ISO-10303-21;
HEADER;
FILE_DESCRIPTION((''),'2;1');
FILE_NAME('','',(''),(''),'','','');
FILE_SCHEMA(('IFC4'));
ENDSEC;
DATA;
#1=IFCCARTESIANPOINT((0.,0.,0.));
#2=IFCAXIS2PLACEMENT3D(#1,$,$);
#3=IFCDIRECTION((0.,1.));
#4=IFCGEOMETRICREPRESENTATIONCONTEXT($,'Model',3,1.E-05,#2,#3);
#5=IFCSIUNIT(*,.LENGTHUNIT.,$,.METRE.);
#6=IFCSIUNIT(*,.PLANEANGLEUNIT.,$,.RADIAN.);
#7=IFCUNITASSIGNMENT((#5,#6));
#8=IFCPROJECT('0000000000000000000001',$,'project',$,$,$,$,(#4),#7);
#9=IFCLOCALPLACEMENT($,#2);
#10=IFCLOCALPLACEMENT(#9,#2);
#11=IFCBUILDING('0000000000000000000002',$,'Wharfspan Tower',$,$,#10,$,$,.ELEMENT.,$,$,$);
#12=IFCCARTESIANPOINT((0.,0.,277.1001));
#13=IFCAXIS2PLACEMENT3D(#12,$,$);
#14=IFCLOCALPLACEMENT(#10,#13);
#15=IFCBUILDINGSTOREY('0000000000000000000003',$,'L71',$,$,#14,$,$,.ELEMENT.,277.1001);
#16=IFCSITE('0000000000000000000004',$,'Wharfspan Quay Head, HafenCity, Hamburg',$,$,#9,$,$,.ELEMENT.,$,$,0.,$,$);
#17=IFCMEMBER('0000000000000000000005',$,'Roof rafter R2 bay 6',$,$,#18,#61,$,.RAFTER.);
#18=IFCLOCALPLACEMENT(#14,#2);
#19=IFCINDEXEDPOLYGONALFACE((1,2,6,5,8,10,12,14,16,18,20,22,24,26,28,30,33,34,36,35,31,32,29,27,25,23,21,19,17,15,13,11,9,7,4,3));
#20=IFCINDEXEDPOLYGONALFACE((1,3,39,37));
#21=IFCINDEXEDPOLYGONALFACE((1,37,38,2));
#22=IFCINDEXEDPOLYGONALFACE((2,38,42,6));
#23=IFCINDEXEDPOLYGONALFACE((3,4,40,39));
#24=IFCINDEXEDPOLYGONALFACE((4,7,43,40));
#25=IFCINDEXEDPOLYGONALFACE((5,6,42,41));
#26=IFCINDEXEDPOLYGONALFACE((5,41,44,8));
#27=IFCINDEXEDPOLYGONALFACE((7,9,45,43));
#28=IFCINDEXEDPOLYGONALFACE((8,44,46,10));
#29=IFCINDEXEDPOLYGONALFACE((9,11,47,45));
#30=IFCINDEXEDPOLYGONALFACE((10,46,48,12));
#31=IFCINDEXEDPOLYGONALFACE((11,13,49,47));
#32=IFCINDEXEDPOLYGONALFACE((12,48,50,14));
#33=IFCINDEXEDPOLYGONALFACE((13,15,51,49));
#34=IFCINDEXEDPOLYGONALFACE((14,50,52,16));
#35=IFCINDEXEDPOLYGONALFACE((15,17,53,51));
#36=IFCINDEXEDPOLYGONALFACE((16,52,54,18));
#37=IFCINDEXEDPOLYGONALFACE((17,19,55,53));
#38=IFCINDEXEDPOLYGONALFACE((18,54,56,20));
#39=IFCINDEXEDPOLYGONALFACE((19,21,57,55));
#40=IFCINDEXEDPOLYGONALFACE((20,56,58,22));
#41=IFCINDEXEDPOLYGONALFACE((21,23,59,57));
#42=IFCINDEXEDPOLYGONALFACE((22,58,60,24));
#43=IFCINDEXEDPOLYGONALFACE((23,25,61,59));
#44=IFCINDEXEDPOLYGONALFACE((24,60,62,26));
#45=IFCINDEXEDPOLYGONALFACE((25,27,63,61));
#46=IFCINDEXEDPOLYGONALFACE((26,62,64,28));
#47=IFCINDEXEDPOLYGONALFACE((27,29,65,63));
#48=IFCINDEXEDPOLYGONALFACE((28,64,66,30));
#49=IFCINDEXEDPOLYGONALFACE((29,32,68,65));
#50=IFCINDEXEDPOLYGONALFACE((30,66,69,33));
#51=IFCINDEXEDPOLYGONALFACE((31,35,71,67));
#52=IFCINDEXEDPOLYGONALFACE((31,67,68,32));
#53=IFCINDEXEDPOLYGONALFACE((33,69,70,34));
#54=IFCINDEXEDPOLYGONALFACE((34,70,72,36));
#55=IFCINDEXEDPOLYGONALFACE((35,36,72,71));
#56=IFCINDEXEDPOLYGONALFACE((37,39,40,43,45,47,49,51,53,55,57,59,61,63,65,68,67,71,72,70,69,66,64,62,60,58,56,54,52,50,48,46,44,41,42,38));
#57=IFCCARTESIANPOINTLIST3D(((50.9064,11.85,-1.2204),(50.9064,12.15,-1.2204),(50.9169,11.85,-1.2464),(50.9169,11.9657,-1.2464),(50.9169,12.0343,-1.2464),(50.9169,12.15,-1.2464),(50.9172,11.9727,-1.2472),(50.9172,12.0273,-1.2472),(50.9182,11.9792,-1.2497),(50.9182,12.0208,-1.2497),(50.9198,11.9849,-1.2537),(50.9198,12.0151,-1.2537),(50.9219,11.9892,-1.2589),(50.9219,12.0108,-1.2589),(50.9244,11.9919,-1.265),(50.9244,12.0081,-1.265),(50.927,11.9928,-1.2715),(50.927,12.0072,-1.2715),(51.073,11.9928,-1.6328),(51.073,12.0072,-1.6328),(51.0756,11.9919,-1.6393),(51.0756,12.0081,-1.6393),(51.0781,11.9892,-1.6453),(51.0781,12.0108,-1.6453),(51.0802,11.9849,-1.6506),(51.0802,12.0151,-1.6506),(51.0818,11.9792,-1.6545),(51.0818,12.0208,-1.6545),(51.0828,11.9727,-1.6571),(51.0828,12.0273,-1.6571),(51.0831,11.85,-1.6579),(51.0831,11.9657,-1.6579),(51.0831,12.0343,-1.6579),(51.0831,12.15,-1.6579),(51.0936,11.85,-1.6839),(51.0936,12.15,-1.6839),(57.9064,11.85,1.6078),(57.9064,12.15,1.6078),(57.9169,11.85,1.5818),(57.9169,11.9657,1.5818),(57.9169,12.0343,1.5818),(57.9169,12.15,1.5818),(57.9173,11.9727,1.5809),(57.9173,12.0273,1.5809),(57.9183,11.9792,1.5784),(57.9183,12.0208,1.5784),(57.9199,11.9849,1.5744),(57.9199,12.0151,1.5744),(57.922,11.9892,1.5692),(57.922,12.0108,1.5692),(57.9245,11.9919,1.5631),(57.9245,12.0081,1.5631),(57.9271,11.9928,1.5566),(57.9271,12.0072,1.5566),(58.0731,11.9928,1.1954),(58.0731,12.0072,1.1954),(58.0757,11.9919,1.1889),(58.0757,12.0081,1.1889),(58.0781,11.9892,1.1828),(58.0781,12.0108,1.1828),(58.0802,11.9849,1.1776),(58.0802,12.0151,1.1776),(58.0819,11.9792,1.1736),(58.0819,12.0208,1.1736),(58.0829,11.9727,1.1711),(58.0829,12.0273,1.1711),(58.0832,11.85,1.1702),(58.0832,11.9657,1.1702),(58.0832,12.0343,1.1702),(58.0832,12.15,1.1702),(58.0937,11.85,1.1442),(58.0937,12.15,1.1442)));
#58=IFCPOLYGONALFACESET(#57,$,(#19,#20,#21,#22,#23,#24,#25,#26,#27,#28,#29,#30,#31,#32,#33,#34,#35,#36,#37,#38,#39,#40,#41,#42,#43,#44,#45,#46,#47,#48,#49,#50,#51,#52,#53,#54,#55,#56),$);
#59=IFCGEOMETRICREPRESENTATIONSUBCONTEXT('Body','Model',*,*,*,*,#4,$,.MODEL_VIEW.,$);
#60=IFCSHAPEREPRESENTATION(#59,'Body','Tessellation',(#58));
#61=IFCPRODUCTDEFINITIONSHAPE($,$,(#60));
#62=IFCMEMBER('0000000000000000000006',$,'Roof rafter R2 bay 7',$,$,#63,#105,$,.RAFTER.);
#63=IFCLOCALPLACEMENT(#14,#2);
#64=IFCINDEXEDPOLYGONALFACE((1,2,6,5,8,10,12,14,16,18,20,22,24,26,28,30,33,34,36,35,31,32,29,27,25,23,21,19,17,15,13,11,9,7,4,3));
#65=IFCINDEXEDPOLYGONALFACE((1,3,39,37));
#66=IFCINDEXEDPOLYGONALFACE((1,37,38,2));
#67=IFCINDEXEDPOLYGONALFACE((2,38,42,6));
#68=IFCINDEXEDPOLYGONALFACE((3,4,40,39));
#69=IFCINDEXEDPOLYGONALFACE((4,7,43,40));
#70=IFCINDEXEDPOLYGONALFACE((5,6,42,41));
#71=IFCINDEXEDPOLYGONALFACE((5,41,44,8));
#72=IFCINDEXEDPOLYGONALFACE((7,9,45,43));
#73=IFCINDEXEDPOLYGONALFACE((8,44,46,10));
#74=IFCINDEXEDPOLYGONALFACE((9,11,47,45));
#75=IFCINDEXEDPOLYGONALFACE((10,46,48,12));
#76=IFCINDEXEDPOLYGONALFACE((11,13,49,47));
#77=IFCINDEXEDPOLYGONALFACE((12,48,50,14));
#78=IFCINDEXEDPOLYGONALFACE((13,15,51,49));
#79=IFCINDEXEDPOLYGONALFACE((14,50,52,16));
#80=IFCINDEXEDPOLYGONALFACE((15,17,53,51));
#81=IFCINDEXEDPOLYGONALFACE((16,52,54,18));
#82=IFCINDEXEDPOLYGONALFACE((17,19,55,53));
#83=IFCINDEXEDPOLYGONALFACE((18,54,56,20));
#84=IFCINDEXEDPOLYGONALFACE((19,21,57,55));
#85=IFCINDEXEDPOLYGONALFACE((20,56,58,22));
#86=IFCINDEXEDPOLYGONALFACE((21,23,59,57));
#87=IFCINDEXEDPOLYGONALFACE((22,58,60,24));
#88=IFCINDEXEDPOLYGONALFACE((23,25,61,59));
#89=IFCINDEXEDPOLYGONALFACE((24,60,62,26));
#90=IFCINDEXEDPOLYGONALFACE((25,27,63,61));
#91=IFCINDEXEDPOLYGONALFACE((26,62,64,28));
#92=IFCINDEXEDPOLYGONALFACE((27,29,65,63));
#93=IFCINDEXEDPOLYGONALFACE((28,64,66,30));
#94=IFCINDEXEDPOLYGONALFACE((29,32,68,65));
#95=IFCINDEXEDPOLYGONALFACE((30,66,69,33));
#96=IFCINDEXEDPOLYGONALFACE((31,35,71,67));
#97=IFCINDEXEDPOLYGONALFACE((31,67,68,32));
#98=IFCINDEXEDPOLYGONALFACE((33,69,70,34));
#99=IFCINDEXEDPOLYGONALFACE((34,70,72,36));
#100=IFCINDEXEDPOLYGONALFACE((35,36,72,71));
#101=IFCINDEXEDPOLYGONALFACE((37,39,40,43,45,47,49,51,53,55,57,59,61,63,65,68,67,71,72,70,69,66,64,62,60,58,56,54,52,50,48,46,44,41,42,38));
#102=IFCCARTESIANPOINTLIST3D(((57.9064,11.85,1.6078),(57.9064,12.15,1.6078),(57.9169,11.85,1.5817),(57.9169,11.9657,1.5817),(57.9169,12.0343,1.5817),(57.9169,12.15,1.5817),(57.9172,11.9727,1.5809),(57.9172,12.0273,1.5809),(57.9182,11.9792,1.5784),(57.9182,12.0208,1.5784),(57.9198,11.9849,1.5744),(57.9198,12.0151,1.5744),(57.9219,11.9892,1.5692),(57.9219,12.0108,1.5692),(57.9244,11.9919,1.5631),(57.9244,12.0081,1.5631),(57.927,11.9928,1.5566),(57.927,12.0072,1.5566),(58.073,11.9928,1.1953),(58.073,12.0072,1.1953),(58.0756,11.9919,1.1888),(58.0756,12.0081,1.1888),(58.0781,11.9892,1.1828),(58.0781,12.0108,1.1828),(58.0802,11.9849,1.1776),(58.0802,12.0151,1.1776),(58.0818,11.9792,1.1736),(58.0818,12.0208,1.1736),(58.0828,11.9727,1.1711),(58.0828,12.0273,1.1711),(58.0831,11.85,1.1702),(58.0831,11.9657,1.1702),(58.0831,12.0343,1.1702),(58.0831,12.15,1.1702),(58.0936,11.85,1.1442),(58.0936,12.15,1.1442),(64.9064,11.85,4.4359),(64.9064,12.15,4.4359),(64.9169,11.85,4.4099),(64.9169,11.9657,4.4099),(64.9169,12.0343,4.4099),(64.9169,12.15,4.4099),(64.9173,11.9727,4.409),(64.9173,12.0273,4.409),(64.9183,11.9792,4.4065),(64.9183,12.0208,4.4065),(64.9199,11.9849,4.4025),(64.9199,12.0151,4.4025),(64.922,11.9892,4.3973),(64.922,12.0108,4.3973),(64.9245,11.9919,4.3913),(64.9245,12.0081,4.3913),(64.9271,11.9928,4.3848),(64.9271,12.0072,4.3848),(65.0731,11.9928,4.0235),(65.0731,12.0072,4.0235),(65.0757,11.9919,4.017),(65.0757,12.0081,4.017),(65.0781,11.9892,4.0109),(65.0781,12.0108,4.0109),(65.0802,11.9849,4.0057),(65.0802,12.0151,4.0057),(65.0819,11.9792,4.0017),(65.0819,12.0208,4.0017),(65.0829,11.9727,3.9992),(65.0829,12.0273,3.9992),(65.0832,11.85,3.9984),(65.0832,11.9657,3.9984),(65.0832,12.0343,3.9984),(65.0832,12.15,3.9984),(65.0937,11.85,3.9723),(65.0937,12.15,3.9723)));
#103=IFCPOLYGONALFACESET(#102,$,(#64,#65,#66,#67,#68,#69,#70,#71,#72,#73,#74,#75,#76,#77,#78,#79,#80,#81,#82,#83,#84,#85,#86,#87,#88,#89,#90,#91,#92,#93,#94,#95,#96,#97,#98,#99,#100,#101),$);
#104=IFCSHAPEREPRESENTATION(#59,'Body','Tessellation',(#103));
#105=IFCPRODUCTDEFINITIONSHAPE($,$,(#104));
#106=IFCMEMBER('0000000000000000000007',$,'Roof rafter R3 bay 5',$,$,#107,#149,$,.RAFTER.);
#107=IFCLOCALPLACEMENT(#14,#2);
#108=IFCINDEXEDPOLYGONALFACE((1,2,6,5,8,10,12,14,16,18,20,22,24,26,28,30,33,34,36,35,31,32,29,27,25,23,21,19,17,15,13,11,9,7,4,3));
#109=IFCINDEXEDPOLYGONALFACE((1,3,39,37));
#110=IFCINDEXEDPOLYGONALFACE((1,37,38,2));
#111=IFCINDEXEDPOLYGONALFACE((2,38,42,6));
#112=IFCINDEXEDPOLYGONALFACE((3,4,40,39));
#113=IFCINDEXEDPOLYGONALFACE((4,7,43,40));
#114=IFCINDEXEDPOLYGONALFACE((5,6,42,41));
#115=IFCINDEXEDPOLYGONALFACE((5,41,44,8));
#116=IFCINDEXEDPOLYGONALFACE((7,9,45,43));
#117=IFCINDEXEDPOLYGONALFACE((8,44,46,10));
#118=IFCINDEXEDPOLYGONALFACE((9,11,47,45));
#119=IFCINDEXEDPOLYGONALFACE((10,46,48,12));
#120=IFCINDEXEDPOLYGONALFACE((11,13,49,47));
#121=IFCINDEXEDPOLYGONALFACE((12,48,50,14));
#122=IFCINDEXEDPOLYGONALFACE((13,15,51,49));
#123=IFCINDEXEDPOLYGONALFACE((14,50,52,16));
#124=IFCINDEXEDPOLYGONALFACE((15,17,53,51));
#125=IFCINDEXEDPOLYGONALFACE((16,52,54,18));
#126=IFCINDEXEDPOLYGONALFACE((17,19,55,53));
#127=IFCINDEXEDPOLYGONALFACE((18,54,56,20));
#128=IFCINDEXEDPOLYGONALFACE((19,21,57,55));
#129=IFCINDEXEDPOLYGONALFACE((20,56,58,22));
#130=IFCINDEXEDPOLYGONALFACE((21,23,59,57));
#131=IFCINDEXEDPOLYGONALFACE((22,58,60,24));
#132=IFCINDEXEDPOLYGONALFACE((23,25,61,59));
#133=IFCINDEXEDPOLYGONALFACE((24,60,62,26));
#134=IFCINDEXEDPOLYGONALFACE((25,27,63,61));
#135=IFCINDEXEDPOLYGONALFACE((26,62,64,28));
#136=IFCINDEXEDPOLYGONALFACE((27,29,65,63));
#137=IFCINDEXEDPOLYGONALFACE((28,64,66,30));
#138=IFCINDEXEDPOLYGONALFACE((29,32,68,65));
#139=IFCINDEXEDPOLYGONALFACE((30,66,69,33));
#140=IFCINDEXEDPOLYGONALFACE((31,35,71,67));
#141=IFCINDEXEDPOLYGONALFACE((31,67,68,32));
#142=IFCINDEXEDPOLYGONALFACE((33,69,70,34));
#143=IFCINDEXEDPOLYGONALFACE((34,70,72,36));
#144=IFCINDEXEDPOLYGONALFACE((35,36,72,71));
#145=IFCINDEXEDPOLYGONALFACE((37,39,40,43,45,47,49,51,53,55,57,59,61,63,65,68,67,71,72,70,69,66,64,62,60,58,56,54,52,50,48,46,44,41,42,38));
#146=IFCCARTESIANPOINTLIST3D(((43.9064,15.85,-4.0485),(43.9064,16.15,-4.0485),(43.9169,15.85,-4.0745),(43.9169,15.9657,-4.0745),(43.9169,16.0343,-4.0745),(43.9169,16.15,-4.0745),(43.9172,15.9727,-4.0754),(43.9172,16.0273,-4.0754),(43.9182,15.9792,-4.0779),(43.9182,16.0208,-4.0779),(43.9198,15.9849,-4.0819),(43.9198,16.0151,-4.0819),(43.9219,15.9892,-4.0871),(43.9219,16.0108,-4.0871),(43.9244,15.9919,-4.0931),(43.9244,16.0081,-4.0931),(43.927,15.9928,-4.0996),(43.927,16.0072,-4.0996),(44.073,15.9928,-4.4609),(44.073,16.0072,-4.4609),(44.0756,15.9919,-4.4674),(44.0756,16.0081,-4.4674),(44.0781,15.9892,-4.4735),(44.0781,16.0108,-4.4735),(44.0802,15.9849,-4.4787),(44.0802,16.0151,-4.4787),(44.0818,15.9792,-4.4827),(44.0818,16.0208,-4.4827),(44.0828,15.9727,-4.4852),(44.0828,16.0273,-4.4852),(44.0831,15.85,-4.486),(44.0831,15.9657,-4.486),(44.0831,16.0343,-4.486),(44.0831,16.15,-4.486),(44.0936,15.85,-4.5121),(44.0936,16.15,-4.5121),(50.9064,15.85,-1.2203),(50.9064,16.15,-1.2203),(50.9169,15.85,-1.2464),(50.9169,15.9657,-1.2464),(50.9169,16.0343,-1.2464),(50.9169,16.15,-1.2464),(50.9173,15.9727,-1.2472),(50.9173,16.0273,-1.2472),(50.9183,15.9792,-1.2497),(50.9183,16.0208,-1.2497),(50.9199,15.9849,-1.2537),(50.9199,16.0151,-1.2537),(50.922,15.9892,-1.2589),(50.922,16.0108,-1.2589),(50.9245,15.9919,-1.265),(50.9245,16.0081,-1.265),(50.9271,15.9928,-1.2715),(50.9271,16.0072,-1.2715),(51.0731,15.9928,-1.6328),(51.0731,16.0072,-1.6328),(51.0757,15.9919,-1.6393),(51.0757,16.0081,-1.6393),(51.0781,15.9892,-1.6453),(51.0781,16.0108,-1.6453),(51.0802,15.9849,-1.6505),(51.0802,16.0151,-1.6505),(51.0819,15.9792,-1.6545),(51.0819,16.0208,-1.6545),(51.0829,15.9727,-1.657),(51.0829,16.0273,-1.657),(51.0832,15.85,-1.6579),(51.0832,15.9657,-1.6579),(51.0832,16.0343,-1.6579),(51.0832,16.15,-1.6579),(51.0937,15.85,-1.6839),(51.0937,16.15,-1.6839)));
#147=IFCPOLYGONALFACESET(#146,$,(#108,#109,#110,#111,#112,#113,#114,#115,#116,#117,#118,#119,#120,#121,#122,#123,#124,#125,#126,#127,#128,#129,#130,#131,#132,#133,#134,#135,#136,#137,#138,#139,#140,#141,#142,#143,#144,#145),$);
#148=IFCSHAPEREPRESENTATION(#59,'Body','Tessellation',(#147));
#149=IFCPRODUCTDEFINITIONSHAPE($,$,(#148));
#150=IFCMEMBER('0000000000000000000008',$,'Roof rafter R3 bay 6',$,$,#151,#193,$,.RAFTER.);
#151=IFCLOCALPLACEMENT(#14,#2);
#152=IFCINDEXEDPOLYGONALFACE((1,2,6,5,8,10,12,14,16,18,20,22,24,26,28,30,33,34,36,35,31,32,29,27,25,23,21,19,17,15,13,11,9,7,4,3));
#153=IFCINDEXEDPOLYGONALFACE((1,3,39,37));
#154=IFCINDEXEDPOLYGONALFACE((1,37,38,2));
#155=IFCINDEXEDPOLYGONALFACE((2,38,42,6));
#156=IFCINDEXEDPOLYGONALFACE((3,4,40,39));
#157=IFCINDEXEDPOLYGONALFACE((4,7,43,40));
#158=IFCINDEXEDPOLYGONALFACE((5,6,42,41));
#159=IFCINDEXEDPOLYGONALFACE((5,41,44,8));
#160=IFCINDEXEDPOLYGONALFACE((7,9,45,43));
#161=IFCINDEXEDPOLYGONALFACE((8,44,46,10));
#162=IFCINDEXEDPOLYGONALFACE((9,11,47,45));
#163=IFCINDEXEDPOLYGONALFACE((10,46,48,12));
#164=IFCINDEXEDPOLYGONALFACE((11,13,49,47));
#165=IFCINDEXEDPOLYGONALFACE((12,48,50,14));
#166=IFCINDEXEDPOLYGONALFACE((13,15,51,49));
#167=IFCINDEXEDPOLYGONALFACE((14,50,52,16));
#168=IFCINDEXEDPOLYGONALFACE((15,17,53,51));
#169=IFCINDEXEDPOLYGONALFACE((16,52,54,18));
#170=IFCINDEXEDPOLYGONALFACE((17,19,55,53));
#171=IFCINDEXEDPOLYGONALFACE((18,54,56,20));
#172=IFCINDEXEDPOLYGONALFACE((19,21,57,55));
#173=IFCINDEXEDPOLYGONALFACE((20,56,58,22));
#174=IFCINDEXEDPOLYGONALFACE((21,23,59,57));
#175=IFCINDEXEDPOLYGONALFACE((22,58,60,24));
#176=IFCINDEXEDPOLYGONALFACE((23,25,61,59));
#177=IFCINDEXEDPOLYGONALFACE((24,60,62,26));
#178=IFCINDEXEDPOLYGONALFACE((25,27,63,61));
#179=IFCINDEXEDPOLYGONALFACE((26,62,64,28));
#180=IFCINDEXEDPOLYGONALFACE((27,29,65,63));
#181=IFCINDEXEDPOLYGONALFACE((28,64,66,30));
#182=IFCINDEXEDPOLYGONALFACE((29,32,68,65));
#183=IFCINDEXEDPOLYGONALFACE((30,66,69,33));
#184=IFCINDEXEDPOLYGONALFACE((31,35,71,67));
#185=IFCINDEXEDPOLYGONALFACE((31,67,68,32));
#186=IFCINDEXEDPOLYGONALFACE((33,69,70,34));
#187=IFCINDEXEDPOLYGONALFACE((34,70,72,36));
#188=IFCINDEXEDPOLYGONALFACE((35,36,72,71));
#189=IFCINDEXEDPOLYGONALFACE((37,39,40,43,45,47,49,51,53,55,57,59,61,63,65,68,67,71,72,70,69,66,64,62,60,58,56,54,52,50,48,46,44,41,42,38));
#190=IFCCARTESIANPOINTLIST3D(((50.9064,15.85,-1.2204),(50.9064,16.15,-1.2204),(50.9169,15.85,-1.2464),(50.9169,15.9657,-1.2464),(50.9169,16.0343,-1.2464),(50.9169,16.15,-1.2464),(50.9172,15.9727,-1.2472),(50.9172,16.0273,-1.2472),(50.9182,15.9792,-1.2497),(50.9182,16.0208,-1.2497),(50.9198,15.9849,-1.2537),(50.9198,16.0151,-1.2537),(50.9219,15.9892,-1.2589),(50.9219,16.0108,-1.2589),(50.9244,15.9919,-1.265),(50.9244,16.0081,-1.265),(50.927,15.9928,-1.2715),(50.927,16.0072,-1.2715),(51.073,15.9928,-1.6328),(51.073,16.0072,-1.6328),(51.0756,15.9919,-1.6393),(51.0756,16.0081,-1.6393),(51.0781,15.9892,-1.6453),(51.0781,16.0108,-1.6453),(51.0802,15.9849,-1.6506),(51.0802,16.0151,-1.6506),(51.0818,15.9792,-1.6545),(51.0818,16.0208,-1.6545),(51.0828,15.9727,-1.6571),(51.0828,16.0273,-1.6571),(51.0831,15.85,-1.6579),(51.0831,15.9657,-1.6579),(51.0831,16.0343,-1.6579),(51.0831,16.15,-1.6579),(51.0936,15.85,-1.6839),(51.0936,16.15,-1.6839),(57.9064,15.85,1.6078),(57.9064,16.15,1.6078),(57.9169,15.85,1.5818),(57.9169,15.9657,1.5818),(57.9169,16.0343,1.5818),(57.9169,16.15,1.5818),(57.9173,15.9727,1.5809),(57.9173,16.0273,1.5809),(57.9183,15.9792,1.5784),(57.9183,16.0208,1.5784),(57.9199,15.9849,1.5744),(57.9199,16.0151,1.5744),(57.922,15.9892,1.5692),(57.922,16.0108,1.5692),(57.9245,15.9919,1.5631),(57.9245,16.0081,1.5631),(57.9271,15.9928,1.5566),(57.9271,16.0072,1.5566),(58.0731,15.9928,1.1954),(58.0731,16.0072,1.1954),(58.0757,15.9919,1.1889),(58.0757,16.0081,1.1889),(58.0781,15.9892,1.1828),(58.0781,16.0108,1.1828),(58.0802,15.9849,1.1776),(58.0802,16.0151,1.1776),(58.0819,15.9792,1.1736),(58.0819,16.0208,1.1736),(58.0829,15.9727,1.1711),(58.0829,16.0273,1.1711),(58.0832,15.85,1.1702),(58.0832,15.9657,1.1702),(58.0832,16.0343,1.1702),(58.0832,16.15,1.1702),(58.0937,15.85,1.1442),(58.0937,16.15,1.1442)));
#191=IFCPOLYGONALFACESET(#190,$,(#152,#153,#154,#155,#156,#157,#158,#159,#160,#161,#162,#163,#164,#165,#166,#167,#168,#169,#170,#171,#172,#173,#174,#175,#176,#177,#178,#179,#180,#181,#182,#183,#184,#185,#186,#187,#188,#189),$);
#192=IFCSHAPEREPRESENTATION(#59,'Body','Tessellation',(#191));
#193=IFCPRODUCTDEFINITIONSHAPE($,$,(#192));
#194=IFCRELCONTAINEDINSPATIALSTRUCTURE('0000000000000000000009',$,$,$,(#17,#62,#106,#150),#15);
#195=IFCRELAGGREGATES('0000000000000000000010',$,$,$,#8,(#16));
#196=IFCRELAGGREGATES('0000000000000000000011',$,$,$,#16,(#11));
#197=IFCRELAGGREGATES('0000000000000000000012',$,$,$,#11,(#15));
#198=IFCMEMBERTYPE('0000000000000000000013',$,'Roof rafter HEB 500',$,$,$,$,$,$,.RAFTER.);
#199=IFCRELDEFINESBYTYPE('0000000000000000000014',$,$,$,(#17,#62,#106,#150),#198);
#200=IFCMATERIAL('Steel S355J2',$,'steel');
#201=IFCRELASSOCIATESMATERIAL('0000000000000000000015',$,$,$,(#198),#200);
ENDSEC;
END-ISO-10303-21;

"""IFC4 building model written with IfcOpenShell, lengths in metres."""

from ifc_helpers import new_model, si_unit, direction, frame, origin, origin_2d, place, context, subcontext, project, spatial, i_section, extrude, material, material_profile, profile_set, type_object, element, save


model = new_model("IFC4")

# Units and contexts
model_context = context("Model", 3, precision=1e-05, world=origin(), true_north=direction((0.0, 1.0)))
body_context = subcontext(model_context, "Body", "Model", "MODEL_VIEW")
ifc_project = project(units=[si_unit("LENGTHUNIT", "METRE"), si_unit("PLANEANGLEUNIT", "RADIAN")], contexts=[model_context])

# Site, building, storey
site_placement = place(None, origin())
site = spatial("IfcSite", under=ifc_project, at=site_placement, Name="Wharfspan Quay Head, HafenCity, Hamburg", CompositionType="ELEMENT", RefElevation=0.0)
building_placement = place(site_placement, origin())
building = spatial("IfcBuilding", under=site, at=building_placement, Name="Wharfspan Tower", CompositionType="ELEMENT")
storey_placement = place(building_placement, frame((0.0, 0.0, 277.1001)))
storey = spatial("IfcBuildingStorey", under=building, at=storey_placement, Name="L71", CompositionType="ELEMENT", Elevation=277.1001)

# Shared definitions
ifc_material_1 = material(Name="Steel S355J2", Category="steel")

# Members
ifc_material_profile_1 = material_profile(ifc_material_1, i_section(OverallWidth=0.3, OverallDepth=0.5, WebThickness=0.0144, FlangeThickness=0.0281, FilletRadius=0.0271, at=origin_2d()))
ifc_profile_set_1 = profile_set([ifc_material_profile_1], Name="Steel S355J2")
member_type_1 = type_object("IfcMemberType", Name="Roof rafter HEB 500", PredefinedType="RAFTER", material=ifc_profile_set_1)
for number, where, z_axis, x_axis, name in (
    (1, (51.0, 12.0, -1.4521), (0.927187, 0.0, 0.3746), (0.0, 1.0, 0.0), "Roof rafter R2 bay 6"),
    (2, (58.0, 12.0, 1.376), (0.927187, 0.0, 0.3746), (0.0, 1.0, 0.0), "Roof rafter R2 bay 7"),
    (3, (44.0, 16.0, -4.2803), (0.927187, 0.0, 0.3746), (0.0, 1.0, 0.0), "Roof rafter R3 bay 5"),
    (4, (51.0, 16.0, -1.4521), (0.927187, 0.0, 0.3746), (0.0, 1.0, 0.0), "Roof rafter R3 bay 6"),
):
    element("IfcMember", number, at=place(storey_placement, frame(where, z_axis=z_axis, x_axis=x_axis)), inside=storey, type_object=member_type_1, Name=name, PredefinedType="RAFTER", context=body_context, shape_type="SweptSolid", body=[
        extrude(i_section(OverallWidth=0.3, OverallDepth=0.5, WebThickness=0.0144, FlangeThickness=0.0281, FilletRadius=0.0271, at=origin_2d()), origin(), (0.0, 0.0, 1.0), 7.5498),
    ])

save(model, "model.ifc")
